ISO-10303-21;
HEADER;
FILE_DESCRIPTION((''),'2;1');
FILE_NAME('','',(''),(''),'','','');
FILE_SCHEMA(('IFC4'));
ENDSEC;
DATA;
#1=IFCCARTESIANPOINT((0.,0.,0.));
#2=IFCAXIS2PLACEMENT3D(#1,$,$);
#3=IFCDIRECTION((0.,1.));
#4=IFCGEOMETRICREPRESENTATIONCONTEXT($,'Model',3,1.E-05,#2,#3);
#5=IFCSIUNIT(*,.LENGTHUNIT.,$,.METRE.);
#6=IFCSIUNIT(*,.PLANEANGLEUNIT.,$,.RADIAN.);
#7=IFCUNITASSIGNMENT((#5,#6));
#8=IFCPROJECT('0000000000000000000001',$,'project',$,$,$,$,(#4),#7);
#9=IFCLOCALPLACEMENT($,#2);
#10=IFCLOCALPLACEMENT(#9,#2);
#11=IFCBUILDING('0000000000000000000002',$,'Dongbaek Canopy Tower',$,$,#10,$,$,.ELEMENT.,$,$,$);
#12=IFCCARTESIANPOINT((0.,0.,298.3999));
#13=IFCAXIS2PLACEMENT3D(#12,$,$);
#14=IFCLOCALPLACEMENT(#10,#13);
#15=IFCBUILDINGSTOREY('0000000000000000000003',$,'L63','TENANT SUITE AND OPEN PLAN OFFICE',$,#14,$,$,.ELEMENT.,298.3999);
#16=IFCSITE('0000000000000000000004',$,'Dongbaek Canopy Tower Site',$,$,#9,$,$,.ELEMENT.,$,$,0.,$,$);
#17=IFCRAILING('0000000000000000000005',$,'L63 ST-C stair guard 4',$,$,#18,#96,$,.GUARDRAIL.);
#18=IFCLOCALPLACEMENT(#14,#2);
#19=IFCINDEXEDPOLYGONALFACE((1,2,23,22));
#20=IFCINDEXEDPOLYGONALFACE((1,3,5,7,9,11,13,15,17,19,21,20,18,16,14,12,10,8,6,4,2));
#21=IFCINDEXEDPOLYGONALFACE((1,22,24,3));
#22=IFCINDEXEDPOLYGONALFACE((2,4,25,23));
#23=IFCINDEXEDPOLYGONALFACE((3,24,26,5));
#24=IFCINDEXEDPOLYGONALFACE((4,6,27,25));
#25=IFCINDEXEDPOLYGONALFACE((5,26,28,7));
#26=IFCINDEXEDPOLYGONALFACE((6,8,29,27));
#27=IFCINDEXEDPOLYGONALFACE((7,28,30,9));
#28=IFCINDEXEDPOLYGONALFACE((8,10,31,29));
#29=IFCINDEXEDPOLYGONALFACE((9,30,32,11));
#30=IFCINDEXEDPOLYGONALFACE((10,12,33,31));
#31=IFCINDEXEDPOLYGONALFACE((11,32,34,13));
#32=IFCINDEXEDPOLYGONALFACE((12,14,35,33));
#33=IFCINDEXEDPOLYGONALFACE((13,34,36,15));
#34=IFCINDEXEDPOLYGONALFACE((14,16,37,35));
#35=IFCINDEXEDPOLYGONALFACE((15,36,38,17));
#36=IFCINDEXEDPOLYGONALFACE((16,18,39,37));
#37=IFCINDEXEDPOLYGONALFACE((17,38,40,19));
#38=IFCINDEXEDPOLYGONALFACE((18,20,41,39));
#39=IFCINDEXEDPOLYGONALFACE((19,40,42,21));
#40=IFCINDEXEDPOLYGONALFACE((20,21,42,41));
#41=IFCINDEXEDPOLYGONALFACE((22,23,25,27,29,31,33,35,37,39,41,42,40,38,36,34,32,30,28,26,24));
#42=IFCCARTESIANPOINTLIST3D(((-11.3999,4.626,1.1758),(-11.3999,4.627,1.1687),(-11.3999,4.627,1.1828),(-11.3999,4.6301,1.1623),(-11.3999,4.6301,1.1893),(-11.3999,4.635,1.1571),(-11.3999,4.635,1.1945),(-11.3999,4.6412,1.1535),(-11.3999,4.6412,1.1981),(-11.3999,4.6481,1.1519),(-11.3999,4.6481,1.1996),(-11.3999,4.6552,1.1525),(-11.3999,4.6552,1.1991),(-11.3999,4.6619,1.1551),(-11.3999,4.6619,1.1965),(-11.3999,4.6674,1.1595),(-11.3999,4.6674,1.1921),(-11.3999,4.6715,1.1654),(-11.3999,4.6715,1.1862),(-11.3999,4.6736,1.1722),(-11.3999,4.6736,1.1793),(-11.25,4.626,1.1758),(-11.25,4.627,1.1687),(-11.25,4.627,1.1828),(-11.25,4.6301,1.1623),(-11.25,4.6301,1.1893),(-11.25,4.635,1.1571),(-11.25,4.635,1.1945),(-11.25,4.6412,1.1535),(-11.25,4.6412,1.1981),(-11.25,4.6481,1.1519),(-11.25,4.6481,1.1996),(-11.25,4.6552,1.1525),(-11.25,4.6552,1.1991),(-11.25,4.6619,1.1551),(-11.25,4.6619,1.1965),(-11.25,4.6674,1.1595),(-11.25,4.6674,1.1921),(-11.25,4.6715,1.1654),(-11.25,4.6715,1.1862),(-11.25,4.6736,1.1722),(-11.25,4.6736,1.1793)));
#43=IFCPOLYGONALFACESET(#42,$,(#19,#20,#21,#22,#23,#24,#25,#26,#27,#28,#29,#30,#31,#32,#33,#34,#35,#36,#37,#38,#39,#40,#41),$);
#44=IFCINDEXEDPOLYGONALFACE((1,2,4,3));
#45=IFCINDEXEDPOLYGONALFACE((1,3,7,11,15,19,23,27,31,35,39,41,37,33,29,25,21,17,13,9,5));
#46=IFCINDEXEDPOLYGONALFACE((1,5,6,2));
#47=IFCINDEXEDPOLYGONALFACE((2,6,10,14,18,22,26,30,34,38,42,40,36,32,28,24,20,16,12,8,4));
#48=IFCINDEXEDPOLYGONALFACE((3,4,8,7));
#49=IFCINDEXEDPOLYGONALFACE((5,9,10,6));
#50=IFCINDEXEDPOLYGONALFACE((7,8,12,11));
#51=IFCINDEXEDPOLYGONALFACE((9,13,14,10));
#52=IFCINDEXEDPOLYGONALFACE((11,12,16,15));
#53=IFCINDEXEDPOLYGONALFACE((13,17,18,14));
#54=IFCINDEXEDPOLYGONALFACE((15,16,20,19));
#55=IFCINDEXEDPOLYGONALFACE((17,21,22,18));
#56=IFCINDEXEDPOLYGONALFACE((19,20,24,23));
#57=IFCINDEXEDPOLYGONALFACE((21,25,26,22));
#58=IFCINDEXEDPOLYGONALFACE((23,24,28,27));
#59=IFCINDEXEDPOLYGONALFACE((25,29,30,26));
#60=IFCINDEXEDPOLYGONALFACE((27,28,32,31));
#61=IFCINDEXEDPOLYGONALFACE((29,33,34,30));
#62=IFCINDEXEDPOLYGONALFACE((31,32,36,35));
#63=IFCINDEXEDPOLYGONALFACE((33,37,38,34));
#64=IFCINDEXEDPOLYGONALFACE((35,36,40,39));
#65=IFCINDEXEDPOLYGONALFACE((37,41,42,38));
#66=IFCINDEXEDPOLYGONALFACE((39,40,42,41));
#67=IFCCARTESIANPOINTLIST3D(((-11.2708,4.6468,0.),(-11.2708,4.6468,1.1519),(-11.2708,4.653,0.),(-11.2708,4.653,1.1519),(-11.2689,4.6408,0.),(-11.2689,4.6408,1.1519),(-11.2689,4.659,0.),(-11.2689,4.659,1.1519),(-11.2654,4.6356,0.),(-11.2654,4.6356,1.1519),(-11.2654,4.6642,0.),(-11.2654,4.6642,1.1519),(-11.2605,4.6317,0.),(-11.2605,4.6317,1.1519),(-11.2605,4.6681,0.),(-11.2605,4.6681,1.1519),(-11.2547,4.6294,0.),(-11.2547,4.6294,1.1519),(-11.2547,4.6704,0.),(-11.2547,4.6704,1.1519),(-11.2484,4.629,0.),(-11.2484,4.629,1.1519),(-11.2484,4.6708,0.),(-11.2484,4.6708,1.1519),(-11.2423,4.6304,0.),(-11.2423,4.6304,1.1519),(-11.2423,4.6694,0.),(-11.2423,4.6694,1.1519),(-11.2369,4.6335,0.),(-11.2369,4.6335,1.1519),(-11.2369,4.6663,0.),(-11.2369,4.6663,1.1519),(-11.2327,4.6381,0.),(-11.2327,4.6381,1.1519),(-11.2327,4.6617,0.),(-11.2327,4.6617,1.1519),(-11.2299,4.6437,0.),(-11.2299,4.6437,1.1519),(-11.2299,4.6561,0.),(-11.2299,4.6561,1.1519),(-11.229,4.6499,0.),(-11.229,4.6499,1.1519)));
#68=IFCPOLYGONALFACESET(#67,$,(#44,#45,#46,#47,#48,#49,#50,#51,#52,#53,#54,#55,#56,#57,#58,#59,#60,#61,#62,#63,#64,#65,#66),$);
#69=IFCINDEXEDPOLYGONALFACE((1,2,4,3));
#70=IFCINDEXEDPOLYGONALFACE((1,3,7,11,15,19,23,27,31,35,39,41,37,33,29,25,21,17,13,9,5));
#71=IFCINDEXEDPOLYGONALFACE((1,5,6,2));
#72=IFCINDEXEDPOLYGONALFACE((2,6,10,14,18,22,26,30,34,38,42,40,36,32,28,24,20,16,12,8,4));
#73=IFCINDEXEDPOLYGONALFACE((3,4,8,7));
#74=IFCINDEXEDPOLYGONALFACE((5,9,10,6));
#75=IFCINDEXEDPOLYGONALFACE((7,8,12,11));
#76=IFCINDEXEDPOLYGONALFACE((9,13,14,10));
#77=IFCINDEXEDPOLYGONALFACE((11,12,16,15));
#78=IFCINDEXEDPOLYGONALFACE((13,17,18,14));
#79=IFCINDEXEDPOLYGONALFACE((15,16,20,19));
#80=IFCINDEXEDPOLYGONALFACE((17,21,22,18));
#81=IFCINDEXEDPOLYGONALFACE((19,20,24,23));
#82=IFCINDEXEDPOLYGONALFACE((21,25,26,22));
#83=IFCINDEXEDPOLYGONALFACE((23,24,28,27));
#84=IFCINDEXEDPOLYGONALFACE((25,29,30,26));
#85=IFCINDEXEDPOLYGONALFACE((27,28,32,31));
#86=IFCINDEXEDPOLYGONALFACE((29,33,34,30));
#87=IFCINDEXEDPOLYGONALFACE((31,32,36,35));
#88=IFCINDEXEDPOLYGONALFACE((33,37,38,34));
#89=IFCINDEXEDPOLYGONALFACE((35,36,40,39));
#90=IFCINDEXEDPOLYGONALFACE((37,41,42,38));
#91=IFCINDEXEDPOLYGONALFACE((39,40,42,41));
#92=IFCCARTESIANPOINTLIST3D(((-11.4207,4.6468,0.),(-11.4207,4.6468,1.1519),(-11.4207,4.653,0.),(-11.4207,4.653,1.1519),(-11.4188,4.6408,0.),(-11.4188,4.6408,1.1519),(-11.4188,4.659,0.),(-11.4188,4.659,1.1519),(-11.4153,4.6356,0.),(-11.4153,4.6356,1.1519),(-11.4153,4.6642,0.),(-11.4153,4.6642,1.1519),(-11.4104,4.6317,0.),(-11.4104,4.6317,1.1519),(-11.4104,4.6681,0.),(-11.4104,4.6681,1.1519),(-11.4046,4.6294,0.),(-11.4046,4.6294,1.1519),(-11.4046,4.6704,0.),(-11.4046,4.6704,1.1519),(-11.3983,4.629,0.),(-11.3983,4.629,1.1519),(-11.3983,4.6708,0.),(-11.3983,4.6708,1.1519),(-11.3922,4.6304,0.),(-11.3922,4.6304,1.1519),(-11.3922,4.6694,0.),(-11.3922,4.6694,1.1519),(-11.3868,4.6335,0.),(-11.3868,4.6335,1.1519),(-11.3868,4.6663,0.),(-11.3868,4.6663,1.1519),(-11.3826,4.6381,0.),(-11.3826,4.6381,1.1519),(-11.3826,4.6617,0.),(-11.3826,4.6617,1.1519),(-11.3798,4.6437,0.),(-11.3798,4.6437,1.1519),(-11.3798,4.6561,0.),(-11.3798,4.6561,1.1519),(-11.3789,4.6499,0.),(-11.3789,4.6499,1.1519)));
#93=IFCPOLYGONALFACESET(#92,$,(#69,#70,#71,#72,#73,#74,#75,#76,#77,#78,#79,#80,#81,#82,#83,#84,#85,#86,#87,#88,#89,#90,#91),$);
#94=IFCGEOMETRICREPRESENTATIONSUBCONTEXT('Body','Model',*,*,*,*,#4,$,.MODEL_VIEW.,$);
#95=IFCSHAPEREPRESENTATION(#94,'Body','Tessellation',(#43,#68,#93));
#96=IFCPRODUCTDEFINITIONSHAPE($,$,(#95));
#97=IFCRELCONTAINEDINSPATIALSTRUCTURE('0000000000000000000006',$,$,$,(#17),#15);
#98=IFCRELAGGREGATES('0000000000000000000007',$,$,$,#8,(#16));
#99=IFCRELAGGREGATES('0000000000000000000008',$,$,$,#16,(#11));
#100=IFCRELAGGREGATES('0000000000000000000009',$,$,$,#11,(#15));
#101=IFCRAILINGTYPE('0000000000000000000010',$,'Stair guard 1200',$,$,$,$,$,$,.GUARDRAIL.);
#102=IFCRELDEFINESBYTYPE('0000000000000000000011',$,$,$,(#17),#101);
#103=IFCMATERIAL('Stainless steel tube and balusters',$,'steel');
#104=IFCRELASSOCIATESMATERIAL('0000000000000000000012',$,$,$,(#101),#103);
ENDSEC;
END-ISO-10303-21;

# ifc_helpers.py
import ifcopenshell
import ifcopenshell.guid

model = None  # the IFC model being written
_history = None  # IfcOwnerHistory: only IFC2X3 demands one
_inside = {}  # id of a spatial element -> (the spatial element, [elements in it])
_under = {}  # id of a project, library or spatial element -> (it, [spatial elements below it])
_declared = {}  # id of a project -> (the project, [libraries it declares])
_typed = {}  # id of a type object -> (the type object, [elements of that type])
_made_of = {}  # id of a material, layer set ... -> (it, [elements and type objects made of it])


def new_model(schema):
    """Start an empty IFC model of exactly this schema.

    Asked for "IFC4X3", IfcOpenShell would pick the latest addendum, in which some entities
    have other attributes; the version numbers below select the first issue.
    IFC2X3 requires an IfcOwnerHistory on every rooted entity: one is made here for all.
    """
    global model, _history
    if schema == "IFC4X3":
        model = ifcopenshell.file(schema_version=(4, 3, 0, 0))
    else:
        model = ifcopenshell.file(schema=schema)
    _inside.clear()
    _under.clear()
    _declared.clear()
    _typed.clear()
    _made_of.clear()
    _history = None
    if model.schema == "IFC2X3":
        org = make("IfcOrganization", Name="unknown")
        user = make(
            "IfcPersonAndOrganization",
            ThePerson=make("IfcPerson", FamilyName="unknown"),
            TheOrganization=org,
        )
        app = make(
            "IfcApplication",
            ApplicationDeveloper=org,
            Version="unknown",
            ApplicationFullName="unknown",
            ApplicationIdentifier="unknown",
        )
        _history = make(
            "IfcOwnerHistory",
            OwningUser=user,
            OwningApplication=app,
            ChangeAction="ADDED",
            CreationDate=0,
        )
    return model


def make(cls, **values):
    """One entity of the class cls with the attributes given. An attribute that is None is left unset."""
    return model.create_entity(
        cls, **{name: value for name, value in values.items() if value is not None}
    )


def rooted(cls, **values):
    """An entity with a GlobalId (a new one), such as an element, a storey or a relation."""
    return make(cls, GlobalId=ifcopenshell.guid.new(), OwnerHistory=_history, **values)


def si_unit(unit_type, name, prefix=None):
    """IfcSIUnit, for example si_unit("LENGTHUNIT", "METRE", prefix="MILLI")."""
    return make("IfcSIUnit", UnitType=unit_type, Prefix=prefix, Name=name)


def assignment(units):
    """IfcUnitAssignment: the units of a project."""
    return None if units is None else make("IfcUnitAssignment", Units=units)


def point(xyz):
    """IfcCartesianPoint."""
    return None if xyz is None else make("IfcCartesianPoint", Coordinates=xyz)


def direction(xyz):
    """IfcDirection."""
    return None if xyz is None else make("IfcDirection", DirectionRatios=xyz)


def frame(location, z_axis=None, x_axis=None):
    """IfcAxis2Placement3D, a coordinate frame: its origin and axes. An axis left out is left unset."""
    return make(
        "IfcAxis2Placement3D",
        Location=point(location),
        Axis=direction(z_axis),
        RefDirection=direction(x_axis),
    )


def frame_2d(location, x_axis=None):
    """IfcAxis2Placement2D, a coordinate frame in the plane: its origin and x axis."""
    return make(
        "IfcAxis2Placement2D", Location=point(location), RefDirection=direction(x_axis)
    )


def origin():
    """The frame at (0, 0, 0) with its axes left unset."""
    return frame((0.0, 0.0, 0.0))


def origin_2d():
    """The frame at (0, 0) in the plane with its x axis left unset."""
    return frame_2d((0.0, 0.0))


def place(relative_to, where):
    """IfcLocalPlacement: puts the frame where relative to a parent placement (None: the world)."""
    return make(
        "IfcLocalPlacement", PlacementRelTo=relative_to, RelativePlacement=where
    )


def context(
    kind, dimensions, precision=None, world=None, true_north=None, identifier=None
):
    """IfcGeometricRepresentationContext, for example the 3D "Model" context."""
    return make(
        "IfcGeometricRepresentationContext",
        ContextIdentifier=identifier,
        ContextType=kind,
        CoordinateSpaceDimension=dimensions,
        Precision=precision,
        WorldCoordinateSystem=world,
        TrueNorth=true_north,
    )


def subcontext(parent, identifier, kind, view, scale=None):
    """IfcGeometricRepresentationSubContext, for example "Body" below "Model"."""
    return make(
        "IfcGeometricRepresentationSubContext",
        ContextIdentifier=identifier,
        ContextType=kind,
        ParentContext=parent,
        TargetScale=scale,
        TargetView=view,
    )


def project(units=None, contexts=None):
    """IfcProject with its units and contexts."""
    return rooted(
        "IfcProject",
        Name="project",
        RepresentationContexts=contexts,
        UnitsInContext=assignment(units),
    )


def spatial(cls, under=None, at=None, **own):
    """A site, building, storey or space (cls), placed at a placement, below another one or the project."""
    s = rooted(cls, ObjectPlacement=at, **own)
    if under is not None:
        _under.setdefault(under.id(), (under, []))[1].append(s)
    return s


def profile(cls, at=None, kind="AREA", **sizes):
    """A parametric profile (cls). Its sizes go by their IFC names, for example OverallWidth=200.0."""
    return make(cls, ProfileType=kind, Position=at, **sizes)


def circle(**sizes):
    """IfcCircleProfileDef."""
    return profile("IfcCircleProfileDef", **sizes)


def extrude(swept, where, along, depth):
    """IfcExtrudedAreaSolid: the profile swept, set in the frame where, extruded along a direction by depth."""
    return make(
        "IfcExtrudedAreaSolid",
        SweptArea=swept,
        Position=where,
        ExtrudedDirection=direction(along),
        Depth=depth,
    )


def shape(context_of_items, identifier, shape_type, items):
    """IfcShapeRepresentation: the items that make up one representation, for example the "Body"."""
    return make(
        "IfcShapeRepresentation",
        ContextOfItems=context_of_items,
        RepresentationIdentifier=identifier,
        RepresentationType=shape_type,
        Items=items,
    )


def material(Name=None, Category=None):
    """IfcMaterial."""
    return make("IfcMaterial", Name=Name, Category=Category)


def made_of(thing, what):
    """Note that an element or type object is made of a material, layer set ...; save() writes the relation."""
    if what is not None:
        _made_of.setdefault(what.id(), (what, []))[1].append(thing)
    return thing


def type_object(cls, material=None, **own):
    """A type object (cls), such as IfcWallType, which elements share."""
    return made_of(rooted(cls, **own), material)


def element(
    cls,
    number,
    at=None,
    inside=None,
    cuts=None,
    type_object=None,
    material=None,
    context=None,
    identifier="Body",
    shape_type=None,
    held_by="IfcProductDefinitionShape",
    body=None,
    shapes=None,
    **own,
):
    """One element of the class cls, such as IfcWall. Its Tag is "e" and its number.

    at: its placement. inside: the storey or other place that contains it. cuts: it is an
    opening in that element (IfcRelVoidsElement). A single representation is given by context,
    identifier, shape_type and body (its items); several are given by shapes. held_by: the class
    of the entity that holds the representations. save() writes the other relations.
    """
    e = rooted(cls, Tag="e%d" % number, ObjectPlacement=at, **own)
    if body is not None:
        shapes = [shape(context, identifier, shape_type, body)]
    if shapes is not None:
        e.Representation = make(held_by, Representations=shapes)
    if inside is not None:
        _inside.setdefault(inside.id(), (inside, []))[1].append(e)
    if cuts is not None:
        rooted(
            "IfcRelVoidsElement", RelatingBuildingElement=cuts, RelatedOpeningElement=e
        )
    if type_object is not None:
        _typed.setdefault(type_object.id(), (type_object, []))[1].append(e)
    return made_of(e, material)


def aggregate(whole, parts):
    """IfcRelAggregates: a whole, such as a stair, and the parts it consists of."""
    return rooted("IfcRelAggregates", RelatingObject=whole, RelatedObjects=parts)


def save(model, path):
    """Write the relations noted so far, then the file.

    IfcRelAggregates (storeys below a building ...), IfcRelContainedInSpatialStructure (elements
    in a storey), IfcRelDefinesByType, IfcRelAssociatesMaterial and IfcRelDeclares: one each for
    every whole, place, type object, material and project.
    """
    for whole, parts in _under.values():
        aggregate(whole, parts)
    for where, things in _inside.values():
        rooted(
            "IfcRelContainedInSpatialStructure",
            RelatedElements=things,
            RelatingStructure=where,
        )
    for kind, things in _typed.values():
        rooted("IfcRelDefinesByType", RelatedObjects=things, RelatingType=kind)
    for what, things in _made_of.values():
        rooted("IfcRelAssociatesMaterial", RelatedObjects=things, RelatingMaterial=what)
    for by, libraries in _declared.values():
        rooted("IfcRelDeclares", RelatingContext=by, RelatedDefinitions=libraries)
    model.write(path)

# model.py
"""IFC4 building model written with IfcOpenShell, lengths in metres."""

from ifc_helpers import new_model, si_unit, direction, frame, origin, origin_2d, place, context, subcontext, project, spatial, circle, extrude, material, type_object, element, save


model = new_model("IFC4")

# Units and contexts
model_context = context("Model", 3, precision=1e-05, world=origin(), true_north=direction((0.0, 1.0)))
body_context = subcontext(model_context, "Body", "Model", "MODEL_VIEW")
ifc_project = project(units=[si_unit("LENGTHUNIT", "METRE"), si_unit("PLANEANGLEUNIT", "RADIAN")], contexts=[model_context])

# Site, building, storey
site_placement = place(None, origin())
site = spatial("IfcSite", under=ifc_project, at=site_placement, Name="Dongbaek Canopy Tower Site", CompositionType="ELEMENT", RefElevation=0.0)
building_placement = place(site_placement, origin())
building = spatial("IfcBuilding", under=site, at=building_placement, Name="Dongbaek Canopy Tower", CompositionType="ELEMENT")
storey_placement = place(building_placement, frame((0.0, 0.0, 298.3999)))
storey = spatial("IfcBuildingStorey", under=building, at=storey_placement, Name="L63", Description="TENANT SUITE AND OPEN PLAN OFFICE", CompositionType="ELEMENT", Elevation=298.3999)

# Railing
ifc_material_1 = material(Name="Stainless steel tube and balusters", Category="steel")
railing_type_1 = type_object("IfcRailingType", Name="Stair guard 1200", PredefinedType="GUARDRAIL", material=ifc_material_1)
railing_1_placement = place(storey_placement, frame((-11.25, 4.6499, 0.0)))
element("IfcRailing", 1, at=railing_1_placement, inside=storey, type_object=railing_type_1, Name="L63 ST-C stair guard 4", PredefinedType="GUARDRAIL", context=body_context, shape_type="SweptSolid", body=[
    extrude(circle(Radius=0.0239, at=origin_2d()), frame((0.0, 0.0, 1.1758), z_axis=(-1.0, 0.0, 0.0), x_axis=(0.0, -1.0, 0.0)), (0.0, 0.0, 1.0), 0.1499),
    extrude(circle(Radius=0.021, at=origin_2d()), origin(), (0.0, 0.0, 1.0), 1.1519),
    extrude(circle(Radius=0.021, at=origin_2d()), frame((-0.1499, 0.0, 0.0)), (0.0, 0.0, 1.0), 1.1519),
])

save(model, "model.ifc")
